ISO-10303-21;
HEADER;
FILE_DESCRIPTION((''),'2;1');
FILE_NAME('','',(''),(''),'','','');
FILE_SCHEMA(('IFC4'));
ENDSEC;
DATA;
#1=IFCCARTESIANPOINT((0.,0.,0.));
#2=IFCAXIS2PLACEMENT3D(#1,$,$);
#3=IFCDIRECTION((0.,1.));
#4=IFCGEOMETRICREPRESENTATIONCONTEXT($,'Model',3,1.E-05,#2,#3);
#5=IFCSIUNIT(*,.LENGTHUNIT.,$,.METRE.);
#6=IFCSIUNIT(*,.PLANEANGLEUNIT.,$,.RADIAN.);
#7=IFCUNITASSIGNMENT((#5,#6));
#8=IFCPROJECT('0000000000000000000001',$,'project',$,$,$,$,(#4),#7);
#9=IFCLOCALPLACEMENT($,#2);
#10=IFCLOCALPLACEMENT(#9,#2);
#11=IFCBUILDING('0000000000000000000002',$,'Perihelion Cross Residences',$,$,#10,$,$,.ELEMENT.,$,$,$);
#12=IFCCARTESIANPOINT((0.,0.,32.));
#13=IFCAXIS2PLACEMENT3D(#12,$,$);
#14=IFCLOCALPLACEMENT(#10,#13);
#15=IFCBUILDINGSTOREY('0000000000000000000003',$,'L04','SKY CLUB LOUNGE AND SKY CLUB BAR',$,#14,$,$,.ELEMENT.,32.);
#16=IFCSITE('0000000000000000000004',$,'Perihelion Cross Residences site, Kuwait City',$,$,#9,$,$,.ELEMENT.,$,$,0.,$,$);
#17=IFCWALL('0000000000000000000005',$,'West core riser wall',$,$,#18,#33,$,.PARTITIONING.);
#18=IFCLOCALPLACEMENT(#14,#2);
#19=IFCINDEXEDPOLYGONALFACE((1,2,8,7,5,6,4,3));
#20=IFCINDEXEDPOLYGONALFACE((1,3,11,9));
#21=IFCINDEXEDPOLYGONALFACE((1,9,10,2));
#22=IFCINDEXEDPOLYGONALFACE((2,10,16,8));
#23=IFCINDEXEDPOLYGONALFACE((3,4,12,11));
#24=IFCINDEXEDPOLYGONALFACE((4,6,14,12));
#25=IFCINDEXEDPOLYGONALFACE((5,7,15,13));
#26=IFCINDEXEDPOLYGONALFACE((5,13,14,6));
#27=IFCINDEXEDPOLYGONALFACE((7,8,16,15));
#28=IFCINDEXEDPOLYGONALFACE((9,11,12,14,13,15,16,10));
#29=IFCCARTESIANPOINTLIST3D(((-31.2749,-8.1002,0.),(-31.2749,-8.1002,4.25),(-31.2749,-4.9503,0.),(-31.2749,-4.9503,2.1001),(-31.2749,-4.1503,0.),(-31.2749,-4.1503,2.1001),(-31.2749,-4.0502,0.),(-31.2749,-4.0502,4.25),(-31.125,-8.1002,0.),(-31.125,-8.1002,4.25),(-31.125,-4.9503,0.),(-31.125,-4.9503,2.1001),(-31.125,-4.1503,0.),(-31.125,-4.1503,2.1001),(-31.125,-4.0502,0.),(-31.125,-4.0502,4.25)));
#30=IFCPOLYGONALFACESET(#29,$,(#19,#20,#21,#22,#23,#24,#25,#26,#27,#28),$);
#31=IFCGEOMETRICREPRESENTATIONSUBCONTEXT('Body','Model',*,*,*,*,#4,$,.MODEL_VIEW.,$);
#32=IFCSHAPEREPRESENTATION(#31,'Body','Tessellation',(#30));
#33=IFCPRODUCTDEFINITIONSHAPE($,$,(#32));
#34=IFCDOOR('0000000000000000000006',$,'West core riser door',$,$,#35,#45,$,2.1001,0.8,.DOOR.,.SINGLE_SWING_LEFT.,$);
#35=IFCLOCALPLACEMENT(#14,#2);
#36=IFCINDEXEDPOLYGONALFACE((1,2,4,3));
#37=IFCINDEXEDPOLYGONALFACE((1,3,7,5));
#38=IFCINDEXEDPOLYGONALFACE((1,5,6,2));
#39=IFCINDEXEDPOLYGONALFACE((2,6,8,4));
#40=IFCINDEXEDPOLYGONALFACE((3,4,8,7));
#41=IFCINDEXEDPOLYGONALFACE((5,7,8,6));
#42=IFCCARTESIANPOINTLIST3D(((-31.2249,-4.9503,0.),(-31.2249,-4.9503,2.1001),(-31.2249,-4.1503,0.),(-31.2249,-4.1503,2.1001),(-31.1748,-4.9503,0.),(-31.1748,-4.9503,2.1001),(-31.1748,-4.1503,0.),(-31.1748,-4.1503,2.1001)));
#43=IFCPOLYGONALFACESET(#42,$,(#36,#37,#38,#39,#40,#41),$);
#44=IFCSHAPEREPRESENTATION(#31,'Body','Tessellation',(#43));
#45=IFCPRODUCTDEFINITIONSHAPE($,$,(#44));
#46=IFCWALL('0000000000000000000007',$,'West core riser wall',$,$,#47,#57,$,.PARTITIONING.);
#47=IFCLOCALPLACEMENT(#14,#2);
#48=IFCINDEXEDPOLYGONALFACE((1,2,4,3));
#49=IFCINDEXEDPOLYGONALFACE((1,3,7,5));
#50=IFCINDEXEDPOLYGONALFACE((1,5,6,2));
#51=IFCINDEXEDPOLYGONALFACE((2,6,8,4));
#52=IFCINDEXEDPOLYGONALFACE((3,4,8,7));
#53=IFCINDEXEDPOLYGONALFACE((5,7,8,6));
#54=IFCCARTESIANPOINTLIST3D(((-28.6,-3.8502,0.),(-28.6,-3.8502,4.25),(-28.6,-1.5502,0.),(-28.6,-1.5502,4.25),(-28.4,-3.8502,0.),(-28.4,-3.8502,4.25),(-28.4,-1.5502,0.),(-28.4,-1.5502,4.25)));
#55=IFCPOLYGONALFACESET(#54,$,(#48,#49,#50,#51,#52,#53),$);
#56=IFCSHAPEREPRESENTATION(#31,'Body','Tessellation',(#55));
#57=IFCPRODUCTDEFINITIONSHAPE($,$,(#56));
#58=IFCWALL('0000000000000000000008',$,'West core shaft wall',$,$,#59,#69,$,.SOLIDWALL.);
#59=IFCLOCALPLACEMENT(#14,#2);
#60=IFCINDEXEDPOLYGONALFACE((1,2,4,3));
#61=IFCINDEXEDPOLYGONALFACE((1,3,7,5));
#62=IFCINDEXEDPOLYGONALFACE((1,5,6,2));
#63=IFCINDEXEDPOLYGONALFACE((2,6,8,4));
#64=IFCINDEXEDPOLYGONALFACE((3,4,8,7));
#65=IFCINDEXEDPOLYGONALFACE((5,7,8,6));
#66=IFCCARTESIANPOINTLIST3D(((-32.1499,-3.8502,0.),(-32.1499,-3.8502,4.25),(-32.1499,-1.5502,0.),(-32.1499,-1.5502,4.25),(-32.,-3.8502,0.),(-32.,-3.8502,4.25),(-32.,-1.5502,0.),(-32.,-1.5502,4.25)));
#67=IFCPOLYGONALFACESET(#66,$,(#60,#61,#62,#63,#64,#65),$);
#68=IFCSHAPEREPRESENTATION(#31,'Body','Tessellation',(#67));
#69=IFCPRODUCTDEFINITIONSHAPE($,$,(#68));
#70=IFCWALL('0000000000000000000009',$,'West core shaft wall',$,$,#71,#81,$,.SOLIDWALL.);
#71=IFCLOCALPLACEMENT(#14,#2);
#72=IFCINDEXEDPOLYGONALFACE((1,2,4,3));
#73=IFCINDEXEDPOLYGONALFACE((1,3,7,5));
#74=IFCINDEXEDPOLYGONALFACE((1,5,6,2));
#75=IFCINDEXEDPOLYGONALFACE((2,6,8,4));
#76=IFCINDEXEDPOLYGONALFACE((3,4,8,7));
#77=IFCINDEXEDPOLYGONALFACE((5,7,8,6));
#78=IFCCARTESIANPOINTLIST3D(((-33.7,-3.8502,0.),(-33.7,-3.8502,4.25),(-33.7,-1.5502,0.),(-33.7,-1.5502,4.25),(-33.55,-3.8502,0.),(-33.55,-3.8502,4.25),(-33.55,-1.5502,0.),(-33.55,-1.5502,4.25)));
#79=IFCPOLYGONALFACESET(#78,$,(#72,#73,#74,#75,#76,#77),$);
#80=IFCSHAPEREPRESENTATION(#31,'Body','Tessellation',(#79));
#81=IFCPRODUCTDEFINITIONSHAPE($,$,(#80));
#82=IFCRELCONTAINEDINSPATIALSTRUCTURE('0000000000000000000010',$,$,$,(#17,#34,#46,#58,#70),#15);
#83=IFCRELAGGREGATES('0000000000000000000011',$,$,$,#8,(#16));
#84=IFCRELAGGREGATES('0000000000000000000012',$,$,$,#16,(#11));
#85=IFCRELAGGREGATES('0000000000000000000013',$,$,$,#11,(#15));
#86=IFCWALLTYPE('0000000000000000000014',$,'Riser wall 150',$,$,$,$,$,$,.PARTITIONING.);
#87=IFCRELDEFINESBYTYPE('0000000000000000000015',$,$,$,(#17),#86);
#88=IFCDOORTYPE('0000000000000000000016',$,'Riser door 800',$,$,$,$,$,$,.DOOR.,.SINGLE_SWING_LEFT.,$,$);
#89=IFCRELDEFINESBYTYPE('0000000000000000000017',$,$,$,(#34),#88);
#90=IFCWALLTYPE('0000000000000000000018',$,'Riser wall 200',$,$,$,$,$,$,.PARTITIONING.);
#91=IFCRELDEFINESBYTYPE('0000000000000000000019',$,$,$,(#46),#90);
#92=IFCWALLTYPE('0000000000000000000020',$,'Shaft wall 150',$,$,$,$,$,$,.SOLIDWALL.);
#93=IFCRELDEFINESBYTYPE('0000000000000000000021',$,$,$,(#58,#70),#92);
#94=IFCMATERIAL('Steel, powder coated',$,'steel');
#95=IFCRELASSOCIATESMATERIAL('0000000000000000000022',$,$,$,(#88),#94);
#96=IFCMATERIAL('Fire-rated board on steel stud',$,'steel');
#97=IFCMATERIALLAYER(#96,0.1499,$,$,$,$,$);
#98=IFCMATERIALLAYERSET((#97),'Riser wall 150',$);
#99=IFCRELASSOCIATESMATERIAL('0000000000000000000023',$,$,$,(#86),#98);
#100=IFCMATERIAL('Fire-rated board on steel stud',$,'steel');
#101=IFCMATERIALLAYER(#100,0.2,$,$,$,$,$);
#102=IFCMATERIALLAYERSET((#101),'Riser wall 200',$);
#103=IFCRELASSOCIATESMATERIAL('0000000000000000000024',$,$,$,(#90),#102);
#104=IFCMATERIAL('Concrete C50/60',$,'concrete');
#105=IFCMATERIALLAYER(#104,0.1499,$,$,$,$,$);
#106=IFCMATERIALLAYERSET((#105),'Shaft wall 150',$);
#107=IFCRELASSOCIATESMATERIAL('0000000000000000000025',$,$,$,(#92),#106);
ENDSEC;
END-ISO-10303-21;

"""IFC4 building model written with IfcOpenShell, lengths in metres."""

from ifc_helpers import new_model, si_unit, direction, frame, frame_2d, origin, place, context, subcontext, project, spatial, rectangle, extrude, material, layer, layer_set, type_object, element, fill, save


model = new_model("IFC4")

# Units and contexts
model_context = context("Model", 3, precision=1e-05, world=origin(), true_north=direction((0.0, 1.0)))
body_context = subcontext(model_context, "Body", "Model", "MODEL_VIEW")
ifc_project = project(units=[si_unit("LENGTHUNIT", "METRE"), si_unit("PLANEANGLEUNIT", "RADIAN")], contexts=[model_context])

# Site, building, storey
site_placement = place(None, origin())
site = spatial("IfcSite", under=ifc_project, at=site_placement, Name="Perihelion Cross Residences site, Kuwait City", CompositionType="ELEMENT", RefElevation=0.0)
building_placement = place(site_placement, origin())
building = spatial("IfcBuilding", under=site, at=building_placement, Name="Perihelion Cross Residences", CompositionType="ELEMENT")
storey_placement = place(building_placement, frame((0.0, 0.0, 32.0)))
storey = spatial("IfcBuildingStorey", under=building, at=storey_placement, Name="L04", Description="SKY CLUB LOUNGE AND SKY CLUB BAR", CompositionType="ELEMENT", Elevation=32.0)

# Wall, opening, door
ifc_material_1 = material(Name="Steel, powder coated", Category="steel")
door_type_1 = type_object("IfcDoorType", Name="Riser door 800", OperationType="SINGLE_SWING_LEFT", PredefinedType="DOOR", material=ifc_material_1)
ifc_material_2 = material(Name="Fire-rated board on steel stud", Category="steel")
ifc_layer_1 = layer(ifc_material_2, 0.1499)
ifc_layer_set_1 = layer_set([ifc_layer_1], Name="Riser wall 150")
wall_type_1 = type_object("IfcWallType", Name="Riser wall 150", PredefinedType="PARTITIONING", material=ifc_layer_set_1)
wall_1_placement = place(storey_placement, frame((-31.2, -8.1001, 0.0), z_axis=(0.0, 0.0, 1.0), x_axis=(0.0, 1.0, 0.0)))
wall_1 = element("IfcWall", 1, at=wall_1_placement, inside=storey, type_object=wall_type_1, Name="West core riser wall", PredefinedType="PARTITIONING", context=body_context, shape_type="SweptSolid", body=[
    extrude(rectangle(XDim=4.05, YDim=0.1499, at=frame_2d((2.0249, 0.0))), origin(), (0.0, 0.0, 1.0), 4.25),
])
opening_1_placement = place(wall_1_placement, frame((3.1499, 0.0, 0.0)))
opening_1 = element("IfcOpeningElement", 2, at=opening_1_placement, cuts=wall_1, PredefinedType="OPENING", context=body_context, shape_type="SweptSolid", body=[
    extrude(rectangle(XDim=0.8, YDim=2.1001, at=frame_2d((0.3999, 1.05))), frame((0.0, 0.085, 0.0), z_axis=(0.0, -1.0, 0.0), x_axis=(1.0, 0.0, 0.0)), (0.0, 0.0, 1.0), 0.1699),
])
door_1_placement = place(opening_1_placement, origin())
door_1 = element("IfcDoor", 3, at=door_1_placement, inside=storey, type_object=door_type_1, Name="West core riser door", OperationType="SINGLE_SWING_LEFT", OverallHeight=2.1001, OverallWidth=0.8, PredefinedType="DOOR", context=body_context, shape_type="SweptSolid", body=[
    extrude(rectangle(XDim=0.8, YDim=2.1001, at=frame_2d((0.3999, 1.05))), frame((0.0, 0.0249, 0.0), z_axis=(0.0, -1.0, 0.0), x_axis=(1.0, 0.0, 0.0)), (0.0, 0.0, 1.0), 0.05),
])
fill(opening_1, door_1)

# Walls
ifc_material_3 = material(Name="Fire-rated board on steel stud", Category="steel")
ifc_layer_2 = layer(ifc_material_3, 0.2)
ifc_layer_set_2 = layer_set([ifc_layer_2], Name="Riser wall 200")
wall_type_2 = type_object("IfcWallType", Name="Riser wall 200", PredefinedType="PARTITIONING", material=ifc_layer_set_2)
wall_2_placement = place(storey_placement, frame((-28.5, -3.8501, 0.0), z_axis=(0.0, 0.0, 1.0), x_axis=(0.0, 1.0, 0.0)))
element("IfcWall", 4, at=wall_2_placement, inside=storey, type_object=wall_type_2, Name="West core riser wall", PredefinedType="PARTITIONING", context=body_context, shape_type="SweptSolid", body=[
    extrude(rectangle(XDim=2.3, YDim=0.2, at=frame_2d((1.1499, 0.0))), origin(), (0.0, 0.0, 1.0), 4.25),
])
ifc_material_4 = material(Name="Concrete C50/60", Category="concrete")
ifc_layer_3 = layer(ifc_material_4, 0.1499)
ifc_layer_set_3 = layer_set([ifc_layer_3], Name="Shaft wall 150")
wall_type_3 = type_object("IfcWallType", Name="Shaft wall 150", PredefinedType="SOLIDWALL", material=ifc_layer_set_3)
for number, where, z_axis, x_axis, name in (
    (5, (-32.075, -3.8501, 0.0), (0.0, 0.0, 1.0), (0.0, 1.0, 0.0), "West core shaft wall"),
    (6, (-33.625, -3.8501, 0.0), (0.0, 0.0, 1.0), (0.0, 1.0, 0.0), "West core shaft wall"),
):
    element("IfcWall", number, at=place(storey_placement, frame(where, z_axis=z_axis, x_axis=x_axis)), inside=storey, type_object=wall_type_3, Name=name, PredefinedType="SOLIDWALL", context=body_context, shape_type="SweptSolid", body=[
        extrude(rectangle(XDim=2.3, YDim=0.1499, at=frame_2d((1.1499, 0.0))), origin(), (0.0, 0.0, 1.0), 4.25),
    ])

save(model, "model.ifc")
